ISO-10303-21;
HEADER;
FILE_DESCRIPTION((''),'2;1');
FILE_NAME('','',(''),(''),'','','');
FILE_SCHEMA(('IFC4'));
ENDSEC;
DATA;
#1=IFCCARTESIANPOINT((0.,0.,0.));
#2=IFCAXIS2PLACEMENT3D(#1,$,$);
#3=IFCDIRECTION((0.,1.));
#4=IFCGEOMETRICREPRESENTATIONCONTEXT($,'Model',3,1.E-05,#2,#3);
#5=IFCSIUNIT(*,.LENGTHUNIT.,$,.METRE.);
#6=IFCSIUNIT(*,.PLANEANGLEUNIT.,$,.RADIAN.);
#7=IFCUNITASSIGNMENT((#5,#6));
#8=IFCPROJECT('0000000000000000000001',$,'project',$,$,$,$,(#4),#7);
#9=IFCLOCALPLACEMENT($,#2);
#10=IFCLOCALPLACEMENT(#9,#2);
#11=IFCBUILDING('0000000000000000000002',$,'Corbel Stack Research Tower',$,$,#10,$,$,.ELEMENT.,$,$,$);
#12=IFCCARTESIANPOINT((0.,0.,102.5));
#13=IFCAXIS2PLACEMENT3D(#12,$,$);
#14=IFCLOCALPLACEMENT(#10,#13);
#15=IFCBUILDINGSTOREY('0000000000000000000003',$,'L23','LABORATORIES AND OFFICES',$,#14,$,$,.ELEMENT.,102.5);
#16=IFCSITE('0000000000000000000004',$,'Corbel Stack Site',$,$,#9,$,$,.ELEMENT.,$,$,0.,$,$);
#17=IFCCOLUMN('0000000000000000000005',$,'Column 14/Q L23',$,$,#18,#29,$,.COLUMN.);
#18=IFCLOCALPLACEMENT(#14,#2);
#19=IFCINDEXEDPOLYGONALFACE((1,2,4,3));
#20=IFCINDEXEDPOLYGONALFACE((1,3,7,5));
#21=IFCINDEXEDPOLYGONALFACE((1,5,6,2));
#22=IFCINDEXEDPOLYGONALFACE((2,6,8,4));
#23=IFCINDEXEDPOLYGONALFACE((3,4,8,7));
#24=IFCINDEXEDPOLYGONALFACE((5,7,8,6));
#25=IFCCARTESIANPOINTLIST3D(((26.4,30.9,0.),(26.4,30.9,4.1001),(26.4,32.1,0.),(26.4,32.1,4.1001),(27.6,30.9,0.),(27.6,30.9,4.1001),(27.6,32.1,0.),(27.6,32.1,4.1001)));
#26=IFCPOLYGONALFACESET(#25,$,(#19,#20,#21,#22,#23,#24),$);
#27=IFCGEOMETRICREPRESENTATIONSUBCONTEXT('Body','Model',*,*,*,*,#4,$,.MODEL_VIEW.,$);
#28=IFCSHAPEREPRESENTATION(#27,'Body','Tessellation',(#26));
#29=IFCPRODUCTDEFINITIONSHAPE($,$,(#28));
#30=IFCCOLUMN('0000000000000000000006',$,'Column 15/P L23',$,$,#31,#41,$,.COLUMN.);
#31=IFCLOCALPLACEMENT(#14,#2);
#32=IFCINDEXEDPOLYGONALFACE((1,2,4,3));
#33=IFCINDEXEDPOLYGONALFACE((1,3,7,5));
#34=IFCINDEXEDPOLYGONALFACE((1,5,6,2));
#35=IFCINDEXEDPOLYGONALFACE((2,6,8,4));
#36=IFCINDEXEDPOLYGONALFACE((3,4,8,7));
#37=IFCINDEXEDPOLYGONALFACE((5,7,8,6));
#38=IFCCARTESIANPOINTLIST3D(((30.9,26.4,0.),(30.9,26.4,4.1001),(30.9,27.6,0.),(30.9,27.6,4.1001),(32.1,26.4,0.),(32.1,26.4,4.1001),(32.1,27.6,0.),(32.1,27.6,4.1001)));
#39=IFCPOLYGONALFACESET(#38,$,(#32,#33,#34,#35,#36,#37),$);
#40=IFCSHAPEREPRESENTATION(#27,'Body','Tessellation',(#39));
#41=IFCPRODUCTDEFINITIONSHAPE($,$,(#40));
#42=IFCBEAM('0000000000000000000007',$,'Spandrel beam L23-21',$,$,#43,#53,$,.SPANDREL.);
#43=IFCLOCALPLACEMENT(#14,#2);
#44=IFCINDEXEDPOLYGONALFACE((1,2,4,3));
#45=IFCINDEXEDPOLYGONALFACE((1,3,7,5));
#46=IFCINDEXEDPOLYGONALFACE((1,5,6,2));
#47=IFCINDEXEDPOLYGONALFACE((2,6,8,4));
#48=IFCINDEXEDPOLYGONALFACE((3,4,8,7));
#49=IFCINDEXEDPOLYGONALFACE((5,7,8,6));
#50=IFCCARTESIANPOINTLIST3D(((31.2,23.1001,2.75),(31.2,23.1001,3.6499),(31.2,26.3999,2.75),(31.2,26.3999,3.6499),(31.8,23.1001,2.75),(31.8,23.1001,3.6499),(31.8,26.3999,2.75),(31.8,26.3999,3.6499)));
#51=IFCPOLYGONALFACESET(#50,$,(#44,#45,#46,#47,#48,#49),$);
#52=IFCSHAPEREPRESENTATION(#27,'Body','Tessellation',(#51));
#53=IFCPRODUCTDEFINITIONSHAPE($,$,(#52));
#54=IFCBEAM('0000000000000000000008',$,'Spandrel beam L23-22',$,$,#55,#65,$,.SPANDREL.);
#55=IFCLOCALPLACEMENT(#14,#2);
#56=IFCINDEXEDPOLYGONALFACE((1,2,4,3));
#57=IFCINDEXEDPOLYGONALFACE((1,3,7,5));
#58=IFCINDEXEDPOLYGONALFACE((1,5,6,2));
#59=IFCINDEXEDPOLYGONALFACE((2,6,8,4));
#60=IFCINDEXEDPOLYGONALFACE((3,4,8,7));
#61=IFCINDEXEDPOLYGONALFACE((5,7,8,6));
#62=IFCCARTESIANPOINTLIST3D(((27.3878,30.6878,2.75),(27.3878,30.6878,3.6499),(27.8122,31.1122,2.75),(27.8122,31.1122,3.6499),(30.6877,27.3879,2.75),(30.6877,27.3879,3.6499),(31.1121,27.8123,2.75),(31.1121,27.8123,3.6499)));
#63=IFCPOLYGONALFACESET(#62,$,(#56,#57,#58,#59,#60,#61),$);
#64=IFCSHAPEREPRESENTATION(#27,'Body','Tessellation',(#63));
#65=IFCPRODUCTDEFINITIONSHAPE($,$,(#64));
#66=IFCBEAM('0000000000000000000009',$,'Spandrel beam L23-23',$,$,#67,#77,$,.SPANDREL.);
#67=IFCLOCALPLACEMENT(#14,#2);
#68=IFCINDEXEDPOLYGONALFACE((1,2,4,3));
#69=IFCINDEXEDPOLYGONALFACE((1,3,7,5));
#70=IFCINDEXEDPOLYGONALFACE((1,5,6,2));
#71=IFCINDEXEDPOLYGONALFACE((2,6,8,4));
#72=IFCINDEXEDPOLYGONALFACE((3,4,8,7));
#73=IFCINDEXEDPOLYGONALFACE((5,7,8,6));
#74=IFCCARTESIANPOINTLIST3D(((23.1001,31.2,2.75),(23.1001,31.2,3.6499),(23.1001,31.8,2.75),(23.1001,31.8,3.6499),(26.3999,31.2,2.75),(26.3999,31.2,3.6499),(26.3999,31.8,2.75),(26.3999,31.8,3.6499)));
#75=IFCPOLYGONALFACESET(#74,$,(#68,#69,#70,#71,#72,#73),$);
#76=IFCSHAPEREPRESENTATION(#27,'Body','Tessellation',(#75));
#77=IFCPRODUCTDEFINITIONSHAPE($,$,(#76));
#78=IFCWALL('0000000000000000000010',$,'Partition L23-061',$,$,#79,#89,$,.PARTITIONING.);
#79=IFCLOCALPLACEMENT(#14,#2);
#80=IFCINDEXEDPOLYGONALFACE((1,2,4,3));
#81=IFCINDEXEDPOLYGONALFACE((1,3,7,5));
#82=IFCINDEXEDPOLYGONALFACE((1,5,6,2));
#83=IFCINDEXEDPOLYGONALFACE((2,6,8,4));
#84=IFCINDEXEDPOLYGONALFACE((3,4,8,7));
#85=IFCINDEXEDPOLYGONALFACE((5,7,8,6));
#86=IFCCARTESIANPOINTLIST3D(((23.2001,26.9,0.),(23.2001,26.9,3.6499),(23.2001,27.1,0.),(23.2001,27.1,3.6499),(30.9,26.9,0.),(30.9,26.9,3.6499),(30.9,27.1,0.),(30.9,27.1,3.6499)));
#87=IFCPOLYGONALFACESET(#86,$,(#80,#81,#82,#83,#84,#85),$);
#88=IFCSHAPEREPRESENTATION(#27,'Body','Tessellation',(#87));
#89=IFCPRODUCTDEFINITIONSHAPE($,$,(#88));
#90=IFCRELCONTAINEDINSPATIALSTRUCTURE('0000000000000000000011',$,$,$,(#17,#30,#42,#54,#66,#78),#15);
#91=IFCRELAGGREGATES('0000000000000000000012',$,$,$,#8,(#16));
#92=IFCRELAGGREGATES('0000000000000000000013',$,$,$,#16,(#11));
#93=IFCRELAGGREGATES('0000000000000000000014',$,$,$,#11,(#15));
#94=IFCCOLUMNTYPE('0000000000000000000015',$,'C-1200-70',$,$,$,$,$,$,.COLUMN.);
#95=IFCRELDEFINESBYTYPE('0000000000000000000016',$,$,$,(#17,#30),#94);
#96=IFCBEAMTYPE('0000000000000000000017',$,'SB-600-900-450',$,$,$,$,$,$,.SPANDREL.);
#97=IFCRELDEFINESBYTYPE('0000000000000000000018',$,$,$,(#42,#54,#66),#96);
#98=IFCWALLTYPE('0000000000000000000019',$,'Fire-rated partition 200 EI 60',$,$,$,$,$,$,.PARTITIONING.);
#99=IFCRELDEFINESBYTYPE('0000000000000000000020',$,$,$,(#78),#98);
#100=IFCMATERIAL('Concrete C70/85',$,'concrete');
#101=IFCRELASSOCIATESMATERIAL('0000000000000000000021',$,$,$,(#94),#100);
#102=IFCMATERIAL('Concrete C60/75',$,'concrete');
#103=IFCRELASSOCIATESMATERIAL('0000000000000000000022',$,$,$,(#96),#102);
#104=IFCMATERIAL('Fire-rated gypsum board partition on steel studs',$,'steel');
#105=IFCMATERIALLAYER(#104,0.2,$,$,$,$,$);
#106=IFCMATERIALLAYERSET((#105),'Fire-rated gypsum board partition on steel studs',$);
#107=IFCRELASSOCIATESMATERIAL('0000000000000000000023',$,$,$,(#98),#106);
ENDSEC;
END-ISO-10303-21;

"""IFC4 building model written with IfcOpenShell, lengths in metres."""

from ifc_helpers import new_model, si_unit, direction, frame, frame_2d, origin, origin_2d, place, context, subcontext, project, spatial, rectangle, extrude, material, layer, layer_set, material_profile, profile_set, type_object, element, save


model = new_model("IFC4")

# Units and contexts
model_context = context("Model", 3, precision=1e-05, world=origin(), true_north=direction((0.0, 1.0)))
body_context = subcontext(model_context, "Body", "Model", "MODEL_VIEW")
ifc_project = project(units=[si_unit("LENGTHUNIT", "METRE"), si_unit("PLANEANGLEUNIT", "RADIAN")], contexts=[model_context])

# Site, building, storey
site_placement = place(None, origin())
site = spatial("IfcSite", under=ifc_project, at=site_placement, Name="Corbel Stack Site", CompositionType="ELEMENT", RefElevation=0.0)
building_placement = place(site_placement, origin())
building = spatial("IfcBuilding", under=site, at=building_placement, Name="Corbel Stack Research Tower", CompositionType="ELEMENT")
storey_placement = place(building_placement, frame((0.0, 0.0, 102.5)))
storey = spatial("IfcBuildingStorey", under=building, at=storey_placement, Name="L23", Description="LABORATORIES AND OFFICES", CompositionType="ELEMENT", Elevation=102.5)

# Columns
ifc_material_1 = material(Name="Concrete C70/85", Category="concrete")
ifc_material_profile_1 = material_profile(ifc_material_1, rectangle(XDim=1.2, YDim=1.2, at=origin_2d()), Name="RC 1200 x 1200")
ifc_profile_set_1 = profile_set([ifc_material_profile_1], Name="Concrete C70/85")
column_type = type_object("IfcColumnType", Name="C-1200-70", PredefinedType="COLUMN", material=ifc_profile_set_1)
for number, where, z_axis, x_axis, name in (
    (1, (27.0, 31.5, 0.0), (0.0, 0.0, 1.0), (1.0, 0.0, 0.0), "Column 14/Q L23"),
    (2, (31.5, 27.0, 0.0), (0.0, 0.0, 1.0), (1.0, 0.0, 0.0), "Column 15/P L23"),
):
    element("IfcColumn", number, at=place(storey_placement, frame(where, z_axis=z_axis, x_axis=x_axis)), inside=storey, type_object=column_type, Name=name, PredefinedType="COLUMN", context=body_context, shape_type="SweptSolid", body=[
        extrude(rectangle(XDim=1.2, YDim=1.2, at=origin_2d()), origin(), (0.0, 0.0, 1.0), 4.1001),
    ])

# Beams
ifc_material_2 = material(Name="Concrete C60/75", Category="concrete")
ifc_material_profile_2 = material_profile(ifc_material_2, rectangle(XDim=0.6001, YDim=0.8999, at=origin_2d()), Name="RC 600 x 900")
ifc_profile_set_2 = profile_set([ifc_material_profile_2], Name="Concrete C60/75")
beam_type = type_object("IfcBeamType", Name="SB-600-900-450", PredefinedType="SPANDREL", material=ifc_profile_set_2)
beam_1_placement = place(storey_placement, frame((31.5, 23.1001, 3.2), z_axis=(0.0, 1.0, 0.0), x_axis=(-1.0, 0.0, 0.0)))
element("IfcBeam", 3, at=beam_1_placement, inside=storey, type_object=beam_type, Name="Spandrel beam L23-21", PredefinedType="SPANDREL", context=body_context, shape_type="SweptSolid", body=[
    extrude(rectangle(XDim=0.6001, YDim=0.8999, at=origin_2d()), origin(), (0.0, 0.0, 1.0), 3.2998),
])
beam_2_placement = place(storey_placement, frame((30.8999, 27.6001, 3.2), z_axis=(-0.707107, 0.707107, 0.0), x_axis=(-0.707107, -0.707107, 0.0)))
element("IfcBeam", 4, at=beam_2_placement, inside=storey, type_object=beam_type, Name="Spandrel beam L23-22", PredefinedType="SPANDREL", context=body_context, shape_type="SweptSolid", body=[
    extrude(rectangle(XDim=0.6001, YDim=0.8999, at=origin_2d()), origin(), (0.0, 0.0, 1.0), 4.6667),
])
beam_3_placement = place(storey_placement, frame((26.3999, 31.5, 3.2), z_axis=(-1.0, 0.0, 0.0), x_axis=(0.0, -1.0, 0.0)))
element("IfcBeam", 5, at=beam_3_placement, inside=storey, type_object=beam_type, Name="Spandrel beam L23-23", PredefinedType="SPANDREL", context=body_context, shape_type="SweptSolid", body=[
    extrude(rectangle(XDim=0.6001, YDim=0.8999, at=origin_2d()), origin(), (0.0, 0.0, 1.0), 3.2998),
])

# Wall
ifc_material_3 = material(Name="Fire-rated gypsum board partition on steel studs", Category="steel")
ifc_layer_1 = layer(ifc_material_3, 0.2)
ifc_layer_set_1 = layer_set([ifc_layer_1], Name="Fire-rated gypsum board partition on steel studs")
wall_type_1 = type_object("IfcWallType", Name="Fire-rated partition 200 EI 60", PredefinedType="PARTITIONING", material=ifc_layer_set_1)
wall_1_placement = place(storey_placement, frame((23.2, 27.0, 0.0), z_axis=(0.0, 0.0, 1.0), x_axis=(1.0, 0.0, 0.0)))
element("IfcWall", 6, at=wall_1_placement, inside=storey, type_object=wall_type_1, Name="Partition L23-061", PredefinedType="PARTITIONING", context=body_context, shape_type="SweptSolid", body=[
    extrude(rectangle(XDim=7.7, YDim=0.2, at=frame_2d((3.8501, 0.0))), origin(), (0.0, 0.0, 1.0), 3.6499),
])

save(model, "model.ifc")
